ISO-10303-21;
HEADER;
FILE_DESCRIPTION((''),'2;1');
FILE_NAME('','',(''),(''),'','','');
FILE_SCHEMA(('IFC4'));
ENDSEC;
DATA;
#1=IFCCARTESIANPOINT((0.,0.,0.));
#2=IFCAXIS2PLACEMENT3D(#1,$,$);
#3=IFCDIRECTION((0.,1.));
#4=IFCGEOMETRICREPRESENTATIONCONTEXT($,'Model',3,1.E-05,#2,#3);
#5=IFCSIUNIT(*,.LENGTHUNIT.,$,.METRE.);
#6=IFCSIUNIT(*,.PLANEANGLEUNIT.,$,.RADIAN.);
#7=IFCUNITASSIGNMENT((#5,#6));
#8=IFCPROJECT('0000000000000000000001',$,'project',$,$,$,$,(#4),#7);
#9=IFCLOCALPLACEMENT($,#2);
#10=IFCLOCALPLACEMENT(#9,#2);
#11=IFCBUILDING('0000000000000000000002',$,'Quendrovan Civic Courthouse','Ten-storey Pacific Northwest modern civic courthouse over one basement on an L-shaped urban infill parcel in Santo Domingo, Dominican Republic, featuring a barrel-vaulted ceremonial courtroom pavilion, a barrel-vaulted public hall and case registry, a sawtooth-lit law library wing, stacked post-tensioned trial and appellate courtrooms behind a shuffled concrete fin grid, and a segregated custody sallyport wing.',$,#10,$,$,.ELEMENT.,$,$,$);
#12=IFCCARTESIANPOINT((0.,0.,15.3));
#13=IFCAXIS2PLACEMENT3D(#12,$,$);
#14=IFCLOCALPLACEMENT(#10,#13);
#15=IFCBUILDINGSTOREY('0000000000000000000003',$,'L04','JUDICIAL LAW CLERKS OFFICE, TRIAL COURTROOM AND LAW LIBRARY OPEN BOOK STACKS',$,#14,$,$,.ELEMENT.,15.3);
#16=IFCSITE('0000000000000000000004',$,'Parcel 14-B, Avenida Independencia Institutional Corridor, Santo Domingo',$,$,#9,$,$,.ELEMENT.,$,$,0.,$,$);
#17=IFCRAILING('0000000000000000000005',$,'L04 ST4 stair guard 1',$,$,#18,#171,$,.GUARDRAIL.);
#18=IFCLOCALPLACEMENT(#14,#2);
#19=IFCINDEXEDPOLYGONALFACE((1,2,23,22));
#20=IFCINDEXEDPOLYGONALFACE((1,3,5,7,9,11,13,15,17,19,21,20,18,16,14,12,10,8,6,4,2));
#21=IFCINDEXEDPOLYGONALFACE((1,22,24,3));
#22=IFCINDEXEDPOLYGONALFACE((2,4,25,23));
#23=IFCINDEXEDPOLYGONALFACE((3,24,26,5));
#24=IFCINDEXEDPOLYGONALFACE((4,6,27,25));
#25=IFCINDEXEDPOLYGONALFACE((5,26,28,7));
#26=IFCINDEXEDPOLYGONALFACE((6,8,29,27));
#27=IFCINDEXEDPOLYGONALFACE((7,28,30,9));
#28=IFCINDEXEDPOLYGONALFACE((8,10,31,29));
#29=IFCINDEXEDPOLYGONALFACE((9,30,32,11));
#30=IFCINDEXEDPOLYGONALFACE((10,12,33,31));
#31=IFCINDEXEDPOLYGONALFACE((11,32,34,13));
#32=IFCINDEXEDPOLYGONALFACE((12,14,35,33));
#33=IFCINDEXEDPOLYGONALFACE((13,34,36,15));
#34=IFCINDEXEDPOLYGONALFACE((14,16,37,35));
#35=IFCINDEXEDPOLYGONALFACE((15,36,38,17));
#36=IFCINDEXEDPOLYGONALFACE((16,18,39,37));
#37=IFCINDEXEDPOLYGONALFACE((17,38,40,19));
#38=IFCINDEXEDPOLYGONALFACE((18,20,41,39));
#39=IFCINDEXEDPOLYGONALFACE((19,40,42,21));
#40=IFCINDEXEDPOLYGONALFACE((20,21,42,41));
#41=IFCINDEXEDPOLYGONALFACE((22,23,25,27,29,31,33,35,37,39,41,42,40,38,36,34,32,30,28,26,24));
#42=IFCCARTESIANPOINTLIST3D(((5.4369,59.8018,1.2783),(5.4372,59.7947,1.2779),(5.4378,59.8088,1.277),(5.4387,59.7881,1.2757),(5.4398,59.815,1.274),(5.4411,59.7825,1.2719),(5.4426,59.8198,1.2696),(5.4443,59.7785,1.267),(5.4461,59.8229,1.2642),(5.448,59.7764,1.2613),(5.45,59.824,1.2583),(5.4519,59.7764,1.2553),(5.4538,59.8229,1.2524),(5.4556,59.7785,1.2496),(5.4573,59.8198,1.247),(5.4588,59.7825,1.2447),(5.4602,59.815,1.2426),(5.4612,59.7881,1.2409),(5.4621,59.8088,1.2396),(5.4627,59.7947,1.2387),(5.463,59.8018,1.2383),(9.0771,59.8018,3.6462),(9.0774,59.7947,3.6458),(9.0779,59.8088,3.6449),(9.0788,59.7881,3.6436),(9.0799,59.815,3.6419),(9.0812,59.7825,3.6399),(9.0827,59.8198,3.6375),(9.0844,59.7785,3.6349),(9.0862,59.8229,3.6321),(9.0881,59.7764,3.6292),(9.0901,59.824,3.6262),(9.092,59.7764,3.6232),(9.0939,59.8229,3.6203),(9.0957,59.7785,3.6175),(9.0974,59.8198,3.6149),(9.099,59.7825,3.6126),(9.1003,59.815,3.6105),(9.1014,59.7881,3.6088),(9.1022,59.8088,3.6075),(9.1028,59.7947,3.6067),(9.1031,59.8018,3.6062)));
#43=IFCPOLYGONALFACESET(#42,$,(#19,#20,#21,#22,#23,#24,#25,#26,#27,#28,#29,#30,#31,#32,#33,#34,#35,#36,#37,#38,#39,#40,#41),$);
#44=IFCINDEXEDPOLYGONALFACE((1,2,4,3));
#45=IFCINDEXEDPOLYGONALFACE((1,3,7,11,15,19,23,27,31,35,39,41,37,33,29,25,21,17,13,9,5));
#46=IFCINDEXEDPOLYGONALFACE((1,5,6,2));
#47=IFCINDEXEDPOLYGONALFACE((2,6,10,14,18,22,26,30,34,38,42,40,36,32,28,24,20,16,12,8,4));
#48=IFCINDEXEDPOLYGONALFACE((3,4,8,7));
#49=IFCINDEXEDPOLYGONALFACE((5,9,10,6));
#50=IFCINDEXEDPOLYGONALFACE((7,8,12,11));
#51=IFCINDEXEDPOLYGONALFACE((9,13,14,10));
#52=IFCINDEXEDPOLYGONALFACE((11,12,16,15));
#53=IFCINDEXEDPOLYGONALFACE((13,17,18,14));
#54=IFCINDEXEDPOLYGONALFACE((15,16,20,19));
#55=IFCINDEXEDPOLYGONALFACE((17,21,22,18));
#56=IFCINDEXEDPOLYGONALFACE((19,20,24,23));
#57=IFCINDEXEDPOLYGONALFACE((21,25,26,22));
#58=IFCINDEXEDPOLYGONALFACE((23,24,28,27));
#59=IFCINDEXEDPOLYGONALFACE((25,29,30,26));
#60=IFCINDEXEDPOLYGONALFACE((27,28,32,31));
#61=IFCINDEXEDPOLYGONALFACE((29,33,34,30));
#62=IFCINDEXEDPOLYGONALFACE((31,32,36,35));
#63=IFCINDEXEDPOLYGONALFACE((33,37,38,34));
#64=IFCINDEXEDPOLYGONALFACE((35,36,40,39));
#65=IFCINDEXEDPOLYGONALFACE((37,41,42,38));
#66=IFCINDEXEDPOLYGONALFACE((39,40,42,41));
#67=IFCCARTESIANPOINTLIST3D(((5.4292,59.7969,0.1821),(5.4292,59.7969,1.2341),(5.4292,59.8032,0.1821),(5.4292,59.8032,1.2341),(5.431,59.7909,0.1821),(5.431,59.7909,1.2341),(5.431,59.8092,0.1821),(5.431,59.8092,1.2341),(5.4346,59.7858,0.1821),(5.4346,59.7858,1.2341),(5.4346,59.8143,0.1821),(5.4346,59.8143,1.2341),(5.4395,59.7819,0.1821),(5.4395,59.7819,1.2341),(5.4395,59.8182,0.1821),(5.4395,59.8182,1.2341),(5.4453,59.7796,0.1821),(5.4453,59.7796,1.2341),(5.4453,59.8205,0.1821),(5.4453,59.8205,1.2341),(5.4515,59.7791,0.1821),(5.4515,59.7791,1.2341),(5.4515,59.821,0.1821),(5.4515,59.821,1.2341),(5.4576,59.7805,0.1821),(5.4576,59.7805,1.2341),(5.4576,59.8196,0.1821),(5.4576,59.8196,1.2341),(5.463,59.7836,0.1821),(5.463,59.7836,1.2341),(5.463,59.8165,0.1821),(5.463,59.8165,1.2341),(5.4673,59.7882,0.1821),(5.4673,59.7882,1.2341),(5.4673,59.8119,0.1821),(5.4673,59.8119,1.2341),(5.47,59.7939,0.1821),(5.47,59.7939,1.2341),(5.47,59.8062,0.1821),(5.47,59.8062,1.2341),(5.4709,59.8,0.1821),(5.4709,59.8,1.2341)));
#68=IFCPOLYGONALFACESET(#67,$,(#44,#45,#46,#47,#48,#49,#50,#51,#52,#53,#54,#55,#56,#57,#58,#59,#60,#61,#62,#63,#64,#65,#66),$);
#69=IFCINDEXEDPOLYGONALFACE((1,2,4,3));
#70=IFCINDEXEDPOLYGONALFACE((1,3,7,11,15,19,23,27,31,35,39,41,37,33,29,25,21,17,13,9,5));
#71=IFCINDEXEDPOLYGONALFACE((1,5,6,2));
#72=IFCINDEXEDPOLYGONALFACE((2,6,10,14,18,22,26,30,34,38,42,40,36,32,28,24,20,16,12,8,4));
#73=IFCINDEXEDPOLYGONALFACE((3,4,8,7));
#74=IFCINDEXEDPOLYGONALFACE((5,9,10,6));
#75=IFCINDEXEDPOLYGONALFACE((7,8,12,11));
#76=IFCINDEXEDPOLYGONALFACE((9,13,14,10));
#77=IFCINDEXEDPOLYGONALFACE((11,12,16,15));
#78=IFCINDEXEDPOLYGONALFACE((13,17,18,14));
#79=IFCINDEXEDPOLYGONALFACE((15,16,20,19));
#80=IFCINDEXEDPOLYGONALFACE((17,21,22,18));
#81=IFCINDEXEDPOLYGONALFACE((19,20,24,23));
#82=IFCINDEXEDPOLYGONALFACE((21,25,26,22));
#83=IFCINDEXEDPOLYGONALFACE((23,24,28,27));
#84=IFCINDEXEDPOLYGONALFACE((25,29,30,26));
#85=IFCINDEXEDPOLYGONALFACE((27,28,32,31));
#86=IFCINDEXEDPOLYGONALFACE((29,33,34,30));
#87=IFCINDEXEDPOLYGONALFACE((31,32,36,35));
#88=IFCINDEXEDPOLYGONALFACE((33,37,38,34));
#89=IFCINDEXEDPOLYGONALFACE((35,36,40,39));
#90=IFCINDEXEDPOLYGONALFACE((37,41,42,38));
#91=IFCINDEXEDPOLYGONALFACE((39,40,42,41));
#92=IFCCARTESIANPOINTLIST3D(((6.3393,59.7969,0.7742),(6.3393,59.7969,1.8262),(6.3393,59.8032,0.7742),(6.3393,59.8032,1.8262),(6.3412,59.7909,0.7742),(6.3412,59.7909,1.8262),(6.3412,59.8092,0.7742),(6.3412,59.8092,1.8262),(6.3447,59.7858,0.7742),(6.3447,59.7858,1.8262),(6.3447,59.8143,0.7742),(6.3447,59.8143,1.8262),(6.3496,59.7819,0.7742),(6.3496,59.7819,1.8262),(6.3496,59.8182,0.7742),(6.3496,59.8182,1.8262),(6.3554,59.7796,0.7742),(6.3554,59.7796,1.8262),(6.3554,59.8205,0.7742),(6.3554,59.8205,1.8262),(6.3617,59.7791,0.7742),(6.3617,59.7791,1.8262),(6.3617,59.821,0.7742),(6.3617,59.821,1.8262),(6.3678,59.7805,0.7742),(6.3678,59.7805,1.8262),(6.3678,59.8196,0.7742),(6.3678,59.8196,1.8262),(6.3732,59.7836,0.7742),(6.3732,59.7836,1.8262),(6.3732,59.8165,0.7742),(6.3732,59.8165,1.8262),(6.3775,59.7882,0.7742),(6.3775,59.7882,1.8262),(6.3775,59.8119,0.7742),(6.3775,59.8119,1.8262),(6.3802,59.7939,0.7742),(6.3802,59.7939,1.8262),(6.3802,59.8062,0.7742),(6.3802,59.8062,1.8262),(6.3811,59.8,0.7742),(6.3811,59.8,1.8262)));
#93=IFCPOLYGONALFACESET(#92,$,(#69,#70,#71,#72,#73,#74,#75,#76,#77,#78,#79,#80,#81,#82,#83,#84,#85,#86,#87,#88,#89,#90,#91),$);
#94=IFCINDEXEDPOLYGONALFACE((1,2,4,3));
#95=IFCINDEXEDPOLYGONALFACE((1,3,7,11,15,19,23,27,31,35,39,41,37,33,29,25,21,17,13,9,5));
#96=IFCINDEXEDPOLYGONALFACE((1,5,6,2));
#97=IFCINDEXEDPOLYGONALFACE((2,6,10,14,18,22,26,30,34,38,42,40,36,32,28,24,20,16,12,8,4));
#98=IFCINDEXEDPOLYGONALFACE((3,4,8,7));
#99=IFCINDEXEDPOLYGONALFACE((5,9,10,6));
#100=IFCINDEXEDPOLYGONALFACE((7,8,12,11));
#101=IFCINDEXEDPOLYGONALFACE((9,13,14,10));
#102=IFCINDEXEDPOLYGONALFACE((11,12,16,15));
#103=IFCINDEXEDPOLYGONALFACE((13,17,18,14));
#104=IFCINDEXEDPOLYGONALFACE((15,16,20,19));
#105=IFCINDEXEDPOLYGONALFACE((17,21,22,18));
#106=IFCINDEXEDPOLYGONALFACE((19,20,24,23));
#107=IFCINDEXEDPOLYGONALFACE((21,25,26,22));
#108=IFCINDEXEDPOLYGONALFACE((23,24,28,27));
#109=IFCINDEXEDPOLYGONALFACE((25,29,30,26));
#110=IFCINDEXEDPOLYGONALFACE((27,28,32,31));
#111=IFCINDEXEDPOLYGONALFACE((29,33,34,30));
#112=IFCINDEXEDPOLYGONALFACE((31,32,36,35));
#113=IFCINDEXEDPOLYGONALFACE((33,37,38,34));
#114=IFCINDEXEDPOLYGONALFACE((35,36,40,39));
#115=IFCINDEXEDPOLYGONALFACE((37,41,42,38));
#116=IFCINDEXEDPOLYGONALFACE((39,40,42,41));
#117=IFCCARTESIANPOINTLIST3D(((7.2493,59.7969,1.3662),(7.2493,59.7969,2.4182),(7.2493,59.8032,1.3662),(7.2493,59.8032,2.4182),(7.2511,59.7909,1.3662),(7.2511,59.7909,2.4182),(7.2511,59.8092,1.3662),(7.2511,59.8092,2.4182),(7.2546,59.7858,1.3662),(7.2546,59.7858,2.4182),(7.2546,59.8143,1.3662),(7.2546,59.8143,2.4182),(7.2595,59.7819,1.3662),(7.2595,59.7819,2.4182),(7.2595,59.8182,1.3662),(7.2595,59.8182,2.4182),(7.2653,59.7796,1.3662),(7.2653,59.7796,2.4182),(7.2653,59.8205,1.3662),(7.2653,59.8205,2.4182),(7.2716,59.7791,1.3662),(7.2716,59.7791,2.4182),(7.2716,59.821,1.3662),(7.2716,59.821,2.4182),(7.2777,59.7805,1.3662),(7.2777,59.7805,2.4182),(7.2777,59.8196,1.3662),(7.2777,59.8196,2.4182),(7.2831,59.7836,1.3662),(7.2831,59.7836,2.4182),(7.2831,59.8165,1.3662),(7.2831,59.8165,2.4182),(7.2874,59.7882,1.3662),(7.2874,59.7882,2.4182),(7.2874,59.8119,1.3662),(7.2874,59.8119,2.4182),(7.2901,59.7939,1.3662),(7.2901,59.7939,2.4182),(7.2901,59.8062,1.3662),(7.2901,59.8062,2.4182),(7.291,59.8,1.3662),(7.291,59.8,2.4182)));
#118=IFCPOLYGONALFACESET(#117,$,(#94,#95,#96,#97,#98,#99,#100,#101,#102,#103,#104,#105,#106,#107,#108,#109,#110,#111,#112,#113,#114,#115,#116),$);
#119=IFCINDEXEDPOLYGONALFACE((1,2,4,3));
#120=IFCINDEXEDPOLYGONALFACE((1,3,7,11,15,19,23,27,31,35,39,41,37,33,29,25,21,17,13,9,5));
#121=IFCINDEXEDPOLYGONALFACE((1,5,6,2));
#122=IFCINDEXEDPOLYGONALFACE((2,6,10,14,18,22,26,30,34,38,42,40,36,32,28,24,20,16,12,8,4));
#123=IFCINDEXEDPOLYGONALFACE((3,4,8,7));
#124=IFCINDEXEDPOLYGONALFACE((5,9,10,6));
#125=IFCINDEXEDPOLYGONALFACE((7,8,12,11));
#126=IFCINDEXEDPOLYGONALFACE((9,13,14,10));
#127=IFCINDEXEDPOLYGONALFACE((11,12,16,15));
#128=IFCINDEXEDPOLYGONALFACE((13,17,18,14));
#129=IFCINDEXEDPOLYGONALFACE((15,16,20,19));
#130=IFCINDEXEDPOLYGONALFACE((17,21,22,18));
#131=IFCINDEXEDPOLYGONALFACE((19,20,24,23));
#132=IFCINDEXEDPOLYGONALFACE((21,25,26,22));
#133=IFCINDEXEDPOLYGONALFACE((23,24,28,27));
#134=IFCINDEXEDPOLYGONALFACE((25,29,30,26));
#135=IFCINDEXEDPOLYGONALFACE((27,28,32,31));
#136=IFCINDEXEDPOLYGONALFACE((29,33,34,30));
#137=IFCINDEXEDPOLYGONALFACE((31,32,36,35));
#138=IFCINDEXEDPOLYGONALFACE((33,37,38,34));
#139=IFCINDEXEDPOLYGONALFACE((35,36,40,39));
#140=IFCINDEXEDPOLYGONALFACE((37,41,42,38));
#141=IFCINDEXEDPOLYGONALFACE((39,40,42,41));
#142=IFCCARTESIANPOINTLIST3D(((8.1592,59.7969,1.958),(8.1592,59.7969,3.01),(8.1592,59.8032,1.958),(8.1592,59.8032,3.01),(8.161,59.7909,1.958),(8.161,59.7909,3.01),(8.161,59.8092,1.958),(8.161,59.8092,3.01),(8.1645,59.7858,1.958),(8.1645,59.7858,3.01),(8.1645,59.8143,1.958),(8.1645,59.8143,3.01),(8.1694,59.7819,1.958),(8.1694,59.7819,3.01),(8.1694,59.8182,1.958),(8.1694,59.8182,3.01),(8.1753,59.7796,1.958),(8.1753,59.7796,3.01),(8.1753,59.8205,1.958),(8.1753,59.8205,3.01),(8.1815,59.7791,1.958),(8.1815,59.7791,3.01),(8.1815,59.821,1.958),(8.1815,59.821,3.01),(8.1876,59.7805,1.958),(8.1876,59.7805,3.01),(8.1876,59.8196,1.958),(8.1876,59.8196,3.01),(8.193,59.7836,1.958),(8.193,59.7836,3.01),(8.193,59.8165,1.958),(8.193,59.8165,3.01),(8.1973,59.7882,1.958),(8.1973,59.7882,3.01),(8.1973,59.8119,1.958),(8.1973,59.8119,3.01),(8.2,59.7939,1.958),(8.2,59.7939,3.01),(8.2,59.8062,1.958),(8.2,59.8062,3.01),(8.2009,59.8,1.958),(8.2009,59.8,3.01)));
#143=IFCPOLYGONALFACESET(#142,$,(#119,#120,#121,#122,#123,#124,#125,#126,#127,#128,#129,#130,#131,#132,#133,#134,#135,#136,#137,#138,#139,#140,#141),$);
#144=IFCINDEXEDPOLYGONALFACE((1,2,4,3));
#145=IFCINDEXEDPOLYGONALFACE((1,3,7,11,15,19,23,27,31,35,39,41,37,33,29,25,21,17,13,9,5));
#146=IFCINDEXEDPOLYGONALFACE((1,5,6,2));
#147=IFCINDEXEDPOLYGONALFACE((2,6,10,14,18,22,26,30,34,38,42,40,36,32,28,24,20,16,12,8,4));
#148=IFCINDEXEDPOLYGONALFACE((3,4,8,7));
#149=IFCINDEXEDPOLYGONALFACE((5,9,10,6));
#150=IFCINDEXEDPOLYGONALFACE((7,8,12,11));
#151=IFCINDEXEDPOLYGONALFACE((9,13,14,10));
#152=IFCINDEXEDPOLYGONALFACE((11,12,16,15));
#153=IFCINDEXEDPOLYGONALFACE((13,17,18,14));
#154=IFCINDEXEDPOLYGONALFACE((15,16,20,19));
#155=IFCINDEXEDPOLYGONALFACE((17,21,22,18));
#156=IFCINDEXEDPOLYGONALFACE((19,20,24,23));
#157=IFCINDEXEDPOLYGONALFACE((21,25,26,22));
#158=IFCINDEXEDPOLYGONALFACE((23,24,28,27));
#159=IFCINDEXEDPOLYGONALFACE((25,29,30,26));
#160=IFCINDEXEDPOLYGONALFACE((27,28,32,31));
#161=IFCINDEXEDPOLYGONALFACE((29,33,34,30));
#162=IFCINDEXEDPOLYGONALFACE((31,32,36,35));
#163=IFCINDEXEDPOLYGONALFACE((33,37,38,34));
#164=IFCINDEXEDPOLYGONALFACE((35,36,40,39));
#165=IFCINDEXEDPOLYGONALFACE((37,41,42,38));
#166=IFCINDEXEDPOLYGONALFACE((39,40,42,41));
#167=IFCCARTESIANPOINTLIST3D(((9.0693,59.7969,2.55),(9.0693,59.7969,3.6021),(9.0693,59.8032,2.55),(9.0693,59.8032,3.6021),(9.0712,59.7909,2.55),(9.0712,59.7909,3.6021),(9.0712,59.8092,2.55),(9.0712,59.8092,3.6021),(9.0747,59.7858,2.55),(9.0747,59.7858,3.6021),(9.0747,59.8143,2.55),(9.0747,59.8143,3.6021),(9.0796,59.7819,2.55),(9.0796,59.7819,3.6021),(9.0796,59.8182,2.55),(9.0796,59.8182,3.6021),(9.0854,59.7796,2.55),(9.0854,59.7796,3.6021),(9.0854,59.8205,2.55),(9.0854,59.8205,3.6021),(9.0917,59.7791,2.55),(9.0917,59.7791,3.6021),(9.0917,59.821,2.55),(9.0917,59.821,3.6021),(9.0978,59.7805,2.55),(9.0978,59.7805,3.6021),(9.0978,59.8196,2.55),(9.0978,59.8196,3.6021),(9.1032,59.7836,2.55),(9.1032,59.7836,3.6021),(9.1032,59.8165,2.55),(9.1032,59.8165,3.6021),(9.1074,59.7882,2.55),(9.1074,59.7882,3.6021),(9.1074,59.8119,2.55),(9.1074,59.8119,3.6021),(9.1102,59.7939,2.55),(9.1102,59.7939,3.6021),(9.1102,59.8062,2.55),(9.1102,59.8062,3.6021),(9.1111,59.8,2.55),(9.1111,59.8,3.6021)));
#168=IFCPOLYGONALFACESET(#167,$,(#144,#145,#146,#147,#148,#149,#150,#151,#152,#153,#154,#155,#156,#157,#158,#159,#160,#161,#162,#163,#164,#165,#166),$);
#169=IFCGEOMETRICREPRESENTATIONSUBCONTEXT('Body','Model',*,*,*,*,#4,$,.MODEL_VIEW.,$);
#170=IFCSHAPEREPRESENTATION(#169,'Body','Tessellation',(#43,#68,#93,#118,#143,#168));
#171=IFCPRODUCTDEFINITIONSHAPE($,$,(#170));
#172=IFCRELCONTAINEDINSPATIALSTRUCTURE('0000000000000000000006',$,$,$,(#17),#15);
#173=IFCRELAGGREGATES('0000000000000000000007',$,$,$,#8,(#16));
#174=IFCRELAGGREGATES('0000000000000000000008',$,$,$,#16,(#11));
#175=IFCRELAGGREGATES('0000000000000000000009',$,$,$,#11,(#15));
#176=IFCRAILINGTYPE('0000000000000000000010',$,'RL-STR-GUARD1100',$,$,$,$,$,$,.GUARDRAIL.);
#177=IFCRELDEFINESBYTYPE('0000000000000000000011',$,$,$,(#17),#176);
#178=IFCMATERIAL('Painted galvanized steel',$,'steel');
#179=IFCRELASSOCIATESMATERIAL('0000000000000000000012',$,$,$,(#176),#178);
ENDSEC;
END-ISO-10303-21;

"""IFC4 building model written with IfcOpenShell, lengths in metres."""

from ifc_helpers import new_model, si_unit, direction, frame, origin, origin_2d, place, context, subcontext, project, spatial, circle, extrude, material, type_object, element, save


model = new_model("IFC4")

# Units and contexts
model_context = context("Model", 3, precision=1e-05, world=origin(), true_north=direction((0.0, 1.0)))
body_context = subcontext(model_context, "Body", "Model", "MODEL_VIEW")
ifc_project = project(units=[si_unit("LENGTHUNIT", "METRE"), si_unit("PLANEANGLEUNIT", "RADIAN")], contexts=[model_context])

# Site, building, storey
site_placement = place(None, origin())
site = spatial("IfcSite", under=ifc_project, at=site_placement, Name="Parcel 14-B, Avenida Independencia Institutional Corridor, Santo Domingo", CompositionType="ELEMENT", RefElevation=0.0)
building_placement = place(site_placement, origin())
building = spatial("IfcBuilding", under=site, at=building_placement, Name="Quendrovan Civic Courthouse", Description="Ten-storey Pacific Northwest modern civic courthouse over one basement on an L-shaped urban infill parcel in Santo Domingo, Dominican Republic, featuring a barrel-vaulted ceremonial courtroom pavilion, a barrel-vaulted public hall and case registry, a sawtooth-lit law library wing, stacked post-tensioned trial and appellate courtrooms behind a shuffled concrete fin grid, and a segregated custody sallyport wing.", CompositionType="ELEMENT")
storey_placement = place(building_placement, frame((0.0, 0.0, 15.3)))
storey = spatial("IfcBuildingStorey", under=building, at=storey_placement, Name="L04", Description="JUDICIAL LAW CLERKS OFFICE, TRIAL COURTROOM AND LAW LIBRARY OPEN BOOK STACKS", CompositionType="ELEMENT", Elevation=15.3)

# Railing
ifc_material_1 = material(Name="Painted galvanized steel", Category="steel")
railing_type_1 = type_object("IfcRailingType", Name="RL-STR-GUARD1100", PredefinedType="GUARDRAIL", material=ifc_material_1)
railing_1_placement = place(storey_placement, frame((5.45, 59.8, 0.1821)))
element("IfcRailing", 1, at=railing_1_placement, inside=storey, type_object=railing_type_1, Name="L04 ST4 stair guard 1", PredefinedType="GUARDRAIL", context=body_context, shape_type="SweptSolid", body=[
    extrude(circle(Radius=0.0239, at=origin_2d()), frame((0.0, 0.0, 1.0762), z_axis=(0.838251, 0.0, 0.545285), x_axis=(0.0, 1.0, 0.0)), (0.0, 0.0, 1.0), 4.3425),
    extrude(circle(Radius=0.021, at=origin_2d()), origin(), (0.0, 0.0, 1.0), 1.052),
    extrude(circle(Radius=0.021, at=origin_2d()), frame((0.9102, 0.0, 0.592)), (0.0, 0.0, 1.0), 1.052),
    extrude(circle(Radius=0.021, at=origin_2d()), frame((1.8201, 0.0, 1.1841)), (0.0, 0.0, 1.0), 1.052),
    extrude(circle(Radius=0.021, at=origin_2d()), frame((2.73, 0.0, 1.7759)), (0.0, 0.0, 1.0), 1.052),
    extrude(circle(Radius=0.021, at=origin_2d()), frame((3.6401, 0.0, 2.3679)), (0.0, 0.0, 1.0), 1.052),
])

save(model, "model.ifc")
